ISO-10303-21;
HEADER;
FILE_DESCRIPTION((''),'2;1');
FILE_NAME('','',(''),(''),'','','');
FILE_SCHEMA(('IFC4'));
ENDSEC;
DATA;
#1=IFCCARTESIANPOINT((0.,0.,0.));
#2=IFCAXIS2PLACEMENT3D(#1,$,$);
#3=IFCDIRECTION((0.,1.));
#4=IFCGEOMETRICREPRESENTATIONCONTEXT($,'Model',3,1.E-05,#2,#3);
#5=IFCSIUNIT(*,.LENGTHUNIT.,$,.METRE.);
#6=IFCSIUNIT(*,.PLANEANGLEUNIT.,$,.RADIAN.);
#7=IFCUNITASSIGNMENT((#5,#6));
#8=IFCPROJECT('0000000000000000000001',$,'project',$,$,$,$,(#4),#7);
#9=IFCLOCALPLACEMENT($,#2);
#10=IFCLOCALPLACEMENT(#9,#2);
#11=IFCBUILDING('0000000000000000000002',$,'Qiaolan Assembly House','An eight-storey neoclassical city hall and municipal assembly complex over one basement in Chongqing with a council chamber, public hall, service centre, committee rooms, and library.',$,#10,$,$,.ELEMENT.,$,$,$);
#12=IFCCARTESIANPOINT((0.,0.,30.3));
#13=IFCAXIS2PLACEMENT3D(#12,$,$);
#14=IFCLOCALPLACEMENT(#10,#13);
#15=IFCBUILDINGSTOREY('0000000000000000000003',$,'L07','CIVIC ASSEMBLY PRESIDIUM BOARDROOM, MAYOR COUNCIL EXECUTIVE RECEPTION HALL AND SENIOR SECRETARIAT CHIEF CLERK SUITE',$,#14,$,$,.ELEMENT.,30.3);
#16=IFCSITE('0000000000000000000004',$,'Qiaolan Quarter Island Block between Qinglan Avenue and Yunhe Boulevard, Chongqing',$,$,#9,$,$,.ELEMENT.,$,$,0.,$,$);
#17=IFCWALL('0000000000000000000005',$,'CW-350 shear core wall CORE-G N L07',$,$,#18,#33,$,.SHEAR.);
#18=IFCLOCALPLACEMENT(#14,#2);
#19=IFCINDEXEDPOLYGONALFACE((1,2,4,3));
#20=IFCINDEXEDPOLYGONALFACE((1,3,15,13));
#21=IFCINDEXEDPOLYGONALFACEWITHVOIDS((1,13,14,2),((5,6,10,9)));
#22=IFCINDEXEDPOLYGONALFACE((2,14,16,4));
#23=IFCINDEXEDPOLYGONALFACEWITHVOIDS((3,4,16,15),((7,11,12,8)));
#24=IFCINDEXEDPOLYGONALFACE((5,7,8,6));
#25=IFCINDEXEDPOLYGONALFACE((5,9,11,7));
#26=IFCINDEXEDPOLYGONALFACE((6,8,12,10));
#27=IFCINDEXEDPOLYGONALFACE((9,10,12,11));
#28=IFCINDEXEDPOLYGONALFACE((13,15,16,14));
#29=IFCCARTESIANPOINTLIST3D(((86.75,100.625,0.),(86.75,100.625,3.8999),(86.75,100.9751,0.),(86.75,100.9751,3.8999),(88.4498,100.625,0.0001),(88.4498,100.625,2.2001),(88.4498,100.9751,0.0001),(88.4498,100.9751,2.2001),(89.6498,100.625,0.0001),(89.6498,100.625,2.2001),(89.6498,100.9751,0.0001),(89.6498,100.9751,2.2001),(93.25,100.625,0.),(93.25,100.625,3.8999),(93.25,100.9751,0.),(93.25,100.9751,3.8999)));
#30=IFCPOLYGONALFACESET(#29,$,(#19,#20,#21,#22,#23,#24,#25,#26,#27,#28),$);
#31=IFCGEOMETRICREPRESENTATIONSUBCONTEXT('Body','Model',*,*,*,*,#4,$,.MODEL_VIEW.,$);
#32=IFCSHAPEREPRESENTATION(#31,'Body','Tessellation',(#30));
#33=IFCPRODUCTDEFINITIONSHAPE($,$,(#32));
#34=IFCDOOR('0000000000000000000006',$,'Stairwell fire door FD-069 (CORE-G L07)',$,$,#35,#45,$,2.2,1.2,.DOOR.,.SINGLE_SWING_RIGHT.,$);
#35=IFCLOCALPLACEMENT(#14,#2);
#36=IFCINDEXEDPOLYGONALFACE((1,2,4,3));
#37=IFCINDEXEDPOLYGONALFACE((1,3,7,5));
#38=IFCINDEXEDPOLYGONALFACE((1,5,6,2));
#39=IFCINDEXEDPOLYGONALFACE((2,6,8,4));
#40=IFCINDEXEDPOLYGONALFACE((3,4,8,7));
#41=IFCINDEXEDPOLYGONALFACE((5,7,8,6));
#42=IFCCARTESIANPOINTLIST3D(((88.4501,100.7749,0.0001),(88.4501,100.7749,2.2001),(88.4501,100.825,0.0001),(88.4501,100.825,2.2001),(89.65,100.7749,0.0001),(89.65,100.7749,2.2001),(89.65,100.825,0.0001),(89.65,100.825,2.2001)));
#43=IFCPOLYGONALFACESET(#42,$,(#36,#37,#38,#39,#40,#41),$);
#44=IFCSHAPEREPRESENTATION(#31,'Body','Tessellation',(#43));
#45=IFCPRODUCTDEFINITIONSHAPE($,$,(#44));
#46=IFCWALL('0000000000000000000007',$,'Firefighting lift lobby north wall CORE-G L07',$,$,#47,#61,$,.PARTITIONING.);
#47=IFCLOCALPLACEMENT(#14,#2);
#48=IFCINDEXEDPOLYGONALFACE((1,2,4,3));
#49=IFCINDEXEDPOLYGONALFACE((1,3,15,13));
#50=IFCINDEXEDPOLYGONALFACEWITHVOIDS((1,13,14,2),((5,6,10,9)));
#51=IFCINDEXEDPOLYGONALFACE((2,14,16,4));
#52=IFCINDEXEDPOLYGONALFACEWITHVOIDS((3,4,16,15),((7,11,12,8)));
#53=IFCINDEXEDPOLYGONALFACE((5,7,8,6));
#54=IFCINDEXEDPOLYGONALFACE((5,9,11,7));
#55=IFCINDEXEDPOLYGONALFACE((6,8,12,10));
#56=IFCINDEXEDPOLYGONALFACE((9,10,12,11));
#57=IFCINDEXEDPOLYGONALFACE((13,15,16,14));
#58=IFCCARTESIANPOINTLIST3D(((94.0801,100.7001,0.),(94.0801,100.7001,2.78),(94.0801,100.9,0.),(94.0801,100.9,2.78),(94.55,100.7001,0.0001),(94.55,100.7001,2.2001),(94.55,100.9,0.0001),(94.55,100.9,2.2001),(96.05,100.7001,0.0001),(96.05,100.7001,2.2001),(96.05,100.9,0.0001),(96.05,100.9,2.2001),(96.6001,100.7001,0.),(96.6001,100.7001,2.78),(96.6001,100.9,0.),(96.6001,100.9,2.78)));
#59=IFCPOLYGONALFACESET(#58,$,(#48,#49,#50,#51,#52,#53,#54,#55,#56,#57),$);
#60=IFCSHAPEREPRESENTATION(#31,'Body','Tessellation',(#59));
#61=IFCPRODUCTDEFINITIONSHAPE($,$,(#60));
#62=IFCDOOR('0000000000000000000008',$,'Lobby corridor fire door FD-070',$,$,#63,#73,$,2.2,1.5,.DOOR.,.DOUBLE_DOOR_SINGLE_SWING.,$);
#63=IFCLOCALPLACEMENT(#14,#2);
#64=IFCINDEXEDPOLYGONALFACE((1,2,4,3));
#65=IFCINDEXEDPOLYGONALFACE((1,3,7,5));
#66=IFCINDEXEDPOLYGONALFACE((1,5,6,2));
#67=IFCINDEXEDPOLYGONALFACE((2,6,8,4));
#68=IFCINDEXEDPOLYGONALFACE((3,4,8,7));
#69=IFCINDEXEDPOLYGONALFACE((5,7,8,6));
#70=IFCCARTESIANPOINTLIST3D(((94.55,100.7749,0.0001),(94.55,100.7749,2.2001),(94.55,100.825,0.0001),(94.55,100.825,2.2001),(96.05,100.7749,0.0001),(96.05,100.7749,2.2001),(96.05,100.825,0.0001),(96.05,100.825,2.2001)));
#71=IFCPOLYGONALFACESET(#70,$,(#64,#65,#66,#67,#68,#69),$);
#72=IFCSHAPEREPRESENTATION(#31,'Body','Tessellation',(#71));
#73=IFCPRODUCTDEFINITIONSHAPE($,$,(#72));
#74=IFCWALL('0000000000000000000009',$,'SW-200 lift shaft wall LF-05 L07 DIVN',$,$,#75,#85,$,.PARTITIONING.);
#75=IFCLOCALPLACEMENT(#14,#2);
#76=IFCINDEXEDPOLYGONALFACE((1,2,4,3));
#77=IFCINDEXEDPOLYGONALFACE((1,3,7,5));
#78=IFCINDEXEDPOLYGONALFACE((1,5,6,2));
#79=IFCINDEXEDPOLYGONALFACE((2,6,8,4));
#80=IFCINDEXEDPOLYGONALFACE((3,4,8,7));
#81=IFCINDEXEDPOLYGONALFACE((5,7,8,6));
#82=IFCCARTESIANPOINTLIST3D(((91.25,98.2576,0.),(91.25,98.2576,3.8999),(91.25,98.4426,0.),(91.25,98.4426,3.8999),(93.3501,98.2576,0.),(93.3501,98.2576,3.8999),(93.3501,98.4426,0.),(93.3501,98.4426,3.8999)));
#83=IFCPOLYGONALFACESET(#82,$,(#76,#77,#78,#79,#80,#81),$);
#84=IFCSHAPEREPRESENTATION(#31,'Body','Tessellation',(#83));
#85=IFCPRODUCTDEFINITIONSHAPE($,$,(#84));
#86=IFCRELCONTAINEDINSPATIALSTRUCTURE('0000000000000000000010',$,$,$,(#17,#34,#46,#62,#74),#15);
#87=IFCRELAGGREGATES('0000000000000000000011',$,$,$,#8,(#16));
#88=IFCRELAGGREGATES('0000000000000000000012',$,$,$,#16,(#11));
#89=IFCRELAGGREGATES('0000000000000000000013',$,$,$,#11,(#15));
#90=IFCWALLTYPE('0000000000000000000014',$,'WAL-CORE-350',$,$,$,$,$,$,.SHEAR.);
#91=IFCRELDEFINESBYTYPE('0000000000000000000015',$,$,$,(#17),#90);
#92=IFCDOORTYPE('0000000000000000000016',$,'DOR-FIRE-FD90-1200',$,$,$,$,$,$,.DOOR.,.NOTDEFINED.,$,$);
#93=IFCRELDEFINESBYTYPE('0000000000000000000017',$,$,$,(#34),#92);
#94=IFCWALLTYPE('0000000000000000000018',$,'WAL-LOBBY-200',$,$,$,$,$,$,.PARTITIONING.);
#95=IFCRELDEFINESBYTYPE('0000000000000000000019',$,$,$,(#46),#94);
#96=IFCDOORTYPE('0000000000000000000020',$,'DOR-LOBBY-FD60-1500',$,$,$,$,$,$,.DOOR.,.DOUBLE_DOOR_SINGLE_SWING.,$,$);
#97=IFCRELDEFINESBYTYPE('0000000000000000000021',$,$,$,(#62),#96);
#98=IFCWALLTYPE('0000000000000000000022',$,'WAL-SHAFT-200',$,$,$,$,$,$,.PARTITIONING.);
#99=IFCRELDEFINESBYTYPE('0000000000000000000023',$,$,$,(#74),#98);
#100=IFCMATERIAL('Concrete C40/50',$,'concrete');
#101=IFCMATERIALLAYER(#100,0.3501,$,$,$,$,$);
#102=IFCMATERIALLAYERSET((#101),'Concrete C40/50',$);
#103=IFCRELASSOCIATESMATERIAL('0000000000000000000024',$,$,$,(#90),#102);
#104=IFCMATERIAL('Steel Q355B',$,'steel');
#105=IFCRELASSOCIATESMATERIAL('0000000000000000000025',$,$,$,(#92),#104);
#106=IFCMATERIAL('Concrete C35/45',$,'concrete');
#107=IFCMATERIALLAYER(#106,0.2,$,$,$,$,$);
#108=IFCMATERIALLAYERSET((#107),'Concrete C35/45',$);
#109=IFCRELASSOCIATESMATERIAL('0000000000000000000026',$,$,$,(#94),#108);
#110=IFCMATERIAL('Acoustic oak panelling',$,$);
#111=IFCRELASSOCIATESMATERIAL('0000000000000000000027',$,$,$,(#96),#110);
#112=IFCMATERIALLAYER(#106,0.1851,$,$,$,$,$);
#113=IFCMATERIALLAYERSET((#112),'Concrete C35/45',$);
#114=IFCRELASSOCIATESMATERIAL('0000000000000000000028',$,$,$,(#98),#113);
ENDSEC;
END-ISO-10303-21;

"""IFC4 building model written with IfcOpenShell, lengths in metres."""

from ifc_helpers import new_model, si_unit, direction, frame, frame_2d, origin, place, context, subcontext, project, spatial, rectangle, extrude, material, layer, layer_set, type_object, element, fill, save


model = new_model("IFC4")

# Units and contexts
model_context = context("Model", 3, precision=1e-05, world=origin(), true_north=direction((0.0, 1.0)))
body_context = subcontext(model_context, "Body", "Model", "MODEL_VIEW")
ifc_project = project(units=[si_unit("LENGTHUNIT", "METRE"), si_unit("PLANEANGLEUNIT", "RADIAN")], contexts=[model_context])

# Site, building, storey
site_placement = place(None, origin())
site = spatial("IfcSite", under=ifc_project, at=site_placement, Name="Qiaolan Quarter Island Block between Qinglan Avenue and Yunhe Boulevard, Chongqing", CompositionType="ELEMENT", RefElevation=0.0)
building_placement = place(site_placement, origin())
building = spatial("IfcBuilding", under=site, at=building_placement, Name="Qiaolan Assembly House", Description="An eight-storey neoclassical city hall and municipal assembly complex over one basement in Chongqing with a council chamber, public hall, service centre, committee rooms, and library.", CompositionType="ELEMENT")
storey_placement = place(building_placement, frame((0.0, 0.0, 30.3)))
storey = spatial("IfcBuildingStorey", under=building, at=storey_placement, Name="L07", Description="CIVIC ASSEMBLY PRESIDIUM BOARDROOM, MAYOR COUNCIL EXECUTIVE RECEPTION HALL AND SENIOR SECRETARIAT CHIEF CLERK SUITE", CompositionType="ELEMENT", Elevation=30.3)

# Shared definitions
ifc_material_1 = material(Name="Concrete C40/50", Category="concrete")

# Walls, openings, doors
ifc_layer_1 = layer(ifc_material_1, 0.3501)
ifc_layer_set_1 = layer_set([ifc_layer_1], Name="Concrete C40/50")
wall_type_1 = type_object("IfcWallType", Name="WAL-CORE-350", PredefinedType="SHEAR", material=ifc_layer_set_1)
wall_1_placement = place(storey_placement, frame((93.25, 100.8, 0.0), z_axis=(0.0, 0.0, 1.0), x_axis=(-1.0, 0.0, 0.0)))
wall_1 = element("IfcWall", 1, at=wall_1_placement, inside=storey, type_object=wall_type_1, Name="CW-350 shear core wall CORE-G N L07", PredefinedType="SHEAR", context=body_context, shape_type="SweptSolid", body=[
    extrude(rectangle(XDim=6.5, YDim=0.3501, at=frame_2d((3.25, 0.0))), origin(), (0.0, 0.0, 1.0), 3.8999),
])
opening_1_placement = place(wall_1_placement, frame((3.6001, 0.0, 0.0)))
opening_1 = element("IfcOpeningElement", 2, at=opening_1_placement, cuts=wall_1, PredefinedType="OPENING", context=body_context, shape_type="SweptSolid", body=[
    extrude(rectangle(XDim=1.2, YDim=2.2, at=frame_2d((0.6001, 1.1001))), frame((0.0, 0.1851, 0.0), z_axis=(0.0, -1.0, 0.0), x_axis=(1.0, 0.0, 0.0)), (0.0, 0.0, 1.0), 0.3701),
])
ifc_material_2 = material(Name="Steel Q355B", Category="steel")
door_type_1 = type_object("IfcDoorType", Name="DOR-FIRE-FD90-1200", OperationType="NOTDEFINED", PredefinedType="DOOR", material=ifc_material_2)
door_1_placement = place(opening_1_placement, frame((1.2, 0.0, 0.0), z_axis=(0.0, 0.0, 1.0), x_axis=(-1.0, 0.0, 0.0)))
door_1 = element("IfcDoor", 3, at=door_1_placement, inside=storey, type_object=door_type_1, Name="Stairwell fire door FD-069 (CORE-G L07)", OperationType="SINGLE_SWING_RIGHT", OverallHeight=2.2, OverallWidth=1.2, PredefinedType="DOOR", context=body_context, shape_type="SweptSolid", body=[
    extrude(rectangle(XDim=1.2, YDim=2.2, at=frame_2d((0.6001, 1.1001))), frame((0.0, 0.0249, 0.0), z_axis=(0.0, -1.0, 0.0), x_axis=(1.0, 0.0, 0.0)), (0.0, 0.0, 1.0), 0.05),
])
fill(opening_1, door_1)
ifc_material_3 = material(Name="Concrete C35/45", Category="concrete")
ifc_layer_2 = layer(ifc_material_3, 0.2)
ifc_layer_set_2 = layer_set([ifc_layer_2], Name="Concrete C35/45")
wall_type_2 = type_object("IfcWallType", Name="WAL-LOBBY-200", PredefinedType="PARTITIONING", material=ifc_layer_set_2)
wall_2_placement = place(storey_placement, frame((96.6001, 100.8, 0.0), z_axis=(0.0, 0.0, 1.0), x_axis=(-1.0, 0.0, 0.0)))
wall_2 = element("IfcWall", 4, at=wall_2_placement, inside=storey, type_object=wall_type_2, Name="Firefighting lift lobby north wall CORE-G L07", PredefinedType="PARTITIONING", context=body_context, shape_type="SweptSolid", body=[
    extrude(rectangle(XDim=2.52, YDim=0.2, at=frame_2d((1.26, 0.0))), origin(), (0.0, 0.0, 1.0), 2.78),
])
opening_2_placement = place(wall_2_placement, frame((0.55, 0.0, 0.0)))
opening_2 = element("IfcOpeningElement", 5, at=opening_2_placement, cuts=wall_2, PredefinedType="OPENING", context=body_context, shape_type="SweptSolid", body=[
    extrude(rectangle(XDim=1.5, YDim=2.2, at=frame_2d((0.75, 1.1001))), frame((0.0, 0.1099, 0.0), z_axis=(0.0, -1.0, 0.0), x_axis=(1.0, 0.0, 0.0)), (0.0, 0.0, 1.0), 0.22),
])
ifc_material_4 = material(Name="Acoustic oak panelling")
door_type_2 = type_object("IfcDoorType", Name="DOR-LOBBY-FD60-1500", OperationType="DOUBLE_DOOR_SINGLE_SWING", PredefinedType="DOOR", material=ifc_material_4)
door_2_placement = place(opening_2_placement, frame((1.5, 0.0, 0.0), z_axis=(0.0, 0.0, 1.0), x_axis=(-1.0, 0.0, 0.0)))
door_2 = element("IfcDoor", 6, at=door_2_placement, inside=storey, type_object=door_type_2, Name="Lobby corridor fire door FD-070", OperationType="DOUBLE_DOOR_SINGLE_SWING", OverallHeight=2.2, OverallWidth=1.5, PredefinedType="DOOR", context=body_context, shape_type="SweptSolid", body=[
    extrude(rectangle(XDim=1.5, YDim=2.2, at=frame_2d((0.75, 1.1001))), frame((0.0, 0.0249, 0.0), z_axis=(0.0, -1.0, 0.0), x_axis=(1.0, 0.0, 0.0)), (0.0, 0.0, 1.0), 0.05),
])
fill(opening_2, door_2)

# Wall
ifc_layer_3 = layer(ifc_material_3, 0.1851)
ifc_layer_set_3 = layer_set([ifc_layer_3], Name="Concrete C35/45")
wall_type_3 = type_object("IfcWallType", Name="WAL-SHAFT-200", PredefinedType="PARTITIONING", material=ifc_layer_set_3)
wall_3_placement = place(storey_placement, frame((91.25, 98.3501, 0.0), z_axis=(0.0, 0.0, 1.0), x_axis=(1.0, 0.0, 0.0)))
element("IfcWall", 7, at=wall_3_placement, inside=storey, type_object=wall_type_3, Name="SW-200 lift shaft wall LF-05 L07 DIVN", PredefinedType="PARTITIONING", context=body_context, shape_type="SweptSolid", body=[
    extrude(rectangle(XDim=2.1001, YDim=0.1851, at=frame_2d((1.05, 0.0))), origin(), (0.0, 0.0, 1.0), 3.8999),
])

save(model, "model.ifc")
